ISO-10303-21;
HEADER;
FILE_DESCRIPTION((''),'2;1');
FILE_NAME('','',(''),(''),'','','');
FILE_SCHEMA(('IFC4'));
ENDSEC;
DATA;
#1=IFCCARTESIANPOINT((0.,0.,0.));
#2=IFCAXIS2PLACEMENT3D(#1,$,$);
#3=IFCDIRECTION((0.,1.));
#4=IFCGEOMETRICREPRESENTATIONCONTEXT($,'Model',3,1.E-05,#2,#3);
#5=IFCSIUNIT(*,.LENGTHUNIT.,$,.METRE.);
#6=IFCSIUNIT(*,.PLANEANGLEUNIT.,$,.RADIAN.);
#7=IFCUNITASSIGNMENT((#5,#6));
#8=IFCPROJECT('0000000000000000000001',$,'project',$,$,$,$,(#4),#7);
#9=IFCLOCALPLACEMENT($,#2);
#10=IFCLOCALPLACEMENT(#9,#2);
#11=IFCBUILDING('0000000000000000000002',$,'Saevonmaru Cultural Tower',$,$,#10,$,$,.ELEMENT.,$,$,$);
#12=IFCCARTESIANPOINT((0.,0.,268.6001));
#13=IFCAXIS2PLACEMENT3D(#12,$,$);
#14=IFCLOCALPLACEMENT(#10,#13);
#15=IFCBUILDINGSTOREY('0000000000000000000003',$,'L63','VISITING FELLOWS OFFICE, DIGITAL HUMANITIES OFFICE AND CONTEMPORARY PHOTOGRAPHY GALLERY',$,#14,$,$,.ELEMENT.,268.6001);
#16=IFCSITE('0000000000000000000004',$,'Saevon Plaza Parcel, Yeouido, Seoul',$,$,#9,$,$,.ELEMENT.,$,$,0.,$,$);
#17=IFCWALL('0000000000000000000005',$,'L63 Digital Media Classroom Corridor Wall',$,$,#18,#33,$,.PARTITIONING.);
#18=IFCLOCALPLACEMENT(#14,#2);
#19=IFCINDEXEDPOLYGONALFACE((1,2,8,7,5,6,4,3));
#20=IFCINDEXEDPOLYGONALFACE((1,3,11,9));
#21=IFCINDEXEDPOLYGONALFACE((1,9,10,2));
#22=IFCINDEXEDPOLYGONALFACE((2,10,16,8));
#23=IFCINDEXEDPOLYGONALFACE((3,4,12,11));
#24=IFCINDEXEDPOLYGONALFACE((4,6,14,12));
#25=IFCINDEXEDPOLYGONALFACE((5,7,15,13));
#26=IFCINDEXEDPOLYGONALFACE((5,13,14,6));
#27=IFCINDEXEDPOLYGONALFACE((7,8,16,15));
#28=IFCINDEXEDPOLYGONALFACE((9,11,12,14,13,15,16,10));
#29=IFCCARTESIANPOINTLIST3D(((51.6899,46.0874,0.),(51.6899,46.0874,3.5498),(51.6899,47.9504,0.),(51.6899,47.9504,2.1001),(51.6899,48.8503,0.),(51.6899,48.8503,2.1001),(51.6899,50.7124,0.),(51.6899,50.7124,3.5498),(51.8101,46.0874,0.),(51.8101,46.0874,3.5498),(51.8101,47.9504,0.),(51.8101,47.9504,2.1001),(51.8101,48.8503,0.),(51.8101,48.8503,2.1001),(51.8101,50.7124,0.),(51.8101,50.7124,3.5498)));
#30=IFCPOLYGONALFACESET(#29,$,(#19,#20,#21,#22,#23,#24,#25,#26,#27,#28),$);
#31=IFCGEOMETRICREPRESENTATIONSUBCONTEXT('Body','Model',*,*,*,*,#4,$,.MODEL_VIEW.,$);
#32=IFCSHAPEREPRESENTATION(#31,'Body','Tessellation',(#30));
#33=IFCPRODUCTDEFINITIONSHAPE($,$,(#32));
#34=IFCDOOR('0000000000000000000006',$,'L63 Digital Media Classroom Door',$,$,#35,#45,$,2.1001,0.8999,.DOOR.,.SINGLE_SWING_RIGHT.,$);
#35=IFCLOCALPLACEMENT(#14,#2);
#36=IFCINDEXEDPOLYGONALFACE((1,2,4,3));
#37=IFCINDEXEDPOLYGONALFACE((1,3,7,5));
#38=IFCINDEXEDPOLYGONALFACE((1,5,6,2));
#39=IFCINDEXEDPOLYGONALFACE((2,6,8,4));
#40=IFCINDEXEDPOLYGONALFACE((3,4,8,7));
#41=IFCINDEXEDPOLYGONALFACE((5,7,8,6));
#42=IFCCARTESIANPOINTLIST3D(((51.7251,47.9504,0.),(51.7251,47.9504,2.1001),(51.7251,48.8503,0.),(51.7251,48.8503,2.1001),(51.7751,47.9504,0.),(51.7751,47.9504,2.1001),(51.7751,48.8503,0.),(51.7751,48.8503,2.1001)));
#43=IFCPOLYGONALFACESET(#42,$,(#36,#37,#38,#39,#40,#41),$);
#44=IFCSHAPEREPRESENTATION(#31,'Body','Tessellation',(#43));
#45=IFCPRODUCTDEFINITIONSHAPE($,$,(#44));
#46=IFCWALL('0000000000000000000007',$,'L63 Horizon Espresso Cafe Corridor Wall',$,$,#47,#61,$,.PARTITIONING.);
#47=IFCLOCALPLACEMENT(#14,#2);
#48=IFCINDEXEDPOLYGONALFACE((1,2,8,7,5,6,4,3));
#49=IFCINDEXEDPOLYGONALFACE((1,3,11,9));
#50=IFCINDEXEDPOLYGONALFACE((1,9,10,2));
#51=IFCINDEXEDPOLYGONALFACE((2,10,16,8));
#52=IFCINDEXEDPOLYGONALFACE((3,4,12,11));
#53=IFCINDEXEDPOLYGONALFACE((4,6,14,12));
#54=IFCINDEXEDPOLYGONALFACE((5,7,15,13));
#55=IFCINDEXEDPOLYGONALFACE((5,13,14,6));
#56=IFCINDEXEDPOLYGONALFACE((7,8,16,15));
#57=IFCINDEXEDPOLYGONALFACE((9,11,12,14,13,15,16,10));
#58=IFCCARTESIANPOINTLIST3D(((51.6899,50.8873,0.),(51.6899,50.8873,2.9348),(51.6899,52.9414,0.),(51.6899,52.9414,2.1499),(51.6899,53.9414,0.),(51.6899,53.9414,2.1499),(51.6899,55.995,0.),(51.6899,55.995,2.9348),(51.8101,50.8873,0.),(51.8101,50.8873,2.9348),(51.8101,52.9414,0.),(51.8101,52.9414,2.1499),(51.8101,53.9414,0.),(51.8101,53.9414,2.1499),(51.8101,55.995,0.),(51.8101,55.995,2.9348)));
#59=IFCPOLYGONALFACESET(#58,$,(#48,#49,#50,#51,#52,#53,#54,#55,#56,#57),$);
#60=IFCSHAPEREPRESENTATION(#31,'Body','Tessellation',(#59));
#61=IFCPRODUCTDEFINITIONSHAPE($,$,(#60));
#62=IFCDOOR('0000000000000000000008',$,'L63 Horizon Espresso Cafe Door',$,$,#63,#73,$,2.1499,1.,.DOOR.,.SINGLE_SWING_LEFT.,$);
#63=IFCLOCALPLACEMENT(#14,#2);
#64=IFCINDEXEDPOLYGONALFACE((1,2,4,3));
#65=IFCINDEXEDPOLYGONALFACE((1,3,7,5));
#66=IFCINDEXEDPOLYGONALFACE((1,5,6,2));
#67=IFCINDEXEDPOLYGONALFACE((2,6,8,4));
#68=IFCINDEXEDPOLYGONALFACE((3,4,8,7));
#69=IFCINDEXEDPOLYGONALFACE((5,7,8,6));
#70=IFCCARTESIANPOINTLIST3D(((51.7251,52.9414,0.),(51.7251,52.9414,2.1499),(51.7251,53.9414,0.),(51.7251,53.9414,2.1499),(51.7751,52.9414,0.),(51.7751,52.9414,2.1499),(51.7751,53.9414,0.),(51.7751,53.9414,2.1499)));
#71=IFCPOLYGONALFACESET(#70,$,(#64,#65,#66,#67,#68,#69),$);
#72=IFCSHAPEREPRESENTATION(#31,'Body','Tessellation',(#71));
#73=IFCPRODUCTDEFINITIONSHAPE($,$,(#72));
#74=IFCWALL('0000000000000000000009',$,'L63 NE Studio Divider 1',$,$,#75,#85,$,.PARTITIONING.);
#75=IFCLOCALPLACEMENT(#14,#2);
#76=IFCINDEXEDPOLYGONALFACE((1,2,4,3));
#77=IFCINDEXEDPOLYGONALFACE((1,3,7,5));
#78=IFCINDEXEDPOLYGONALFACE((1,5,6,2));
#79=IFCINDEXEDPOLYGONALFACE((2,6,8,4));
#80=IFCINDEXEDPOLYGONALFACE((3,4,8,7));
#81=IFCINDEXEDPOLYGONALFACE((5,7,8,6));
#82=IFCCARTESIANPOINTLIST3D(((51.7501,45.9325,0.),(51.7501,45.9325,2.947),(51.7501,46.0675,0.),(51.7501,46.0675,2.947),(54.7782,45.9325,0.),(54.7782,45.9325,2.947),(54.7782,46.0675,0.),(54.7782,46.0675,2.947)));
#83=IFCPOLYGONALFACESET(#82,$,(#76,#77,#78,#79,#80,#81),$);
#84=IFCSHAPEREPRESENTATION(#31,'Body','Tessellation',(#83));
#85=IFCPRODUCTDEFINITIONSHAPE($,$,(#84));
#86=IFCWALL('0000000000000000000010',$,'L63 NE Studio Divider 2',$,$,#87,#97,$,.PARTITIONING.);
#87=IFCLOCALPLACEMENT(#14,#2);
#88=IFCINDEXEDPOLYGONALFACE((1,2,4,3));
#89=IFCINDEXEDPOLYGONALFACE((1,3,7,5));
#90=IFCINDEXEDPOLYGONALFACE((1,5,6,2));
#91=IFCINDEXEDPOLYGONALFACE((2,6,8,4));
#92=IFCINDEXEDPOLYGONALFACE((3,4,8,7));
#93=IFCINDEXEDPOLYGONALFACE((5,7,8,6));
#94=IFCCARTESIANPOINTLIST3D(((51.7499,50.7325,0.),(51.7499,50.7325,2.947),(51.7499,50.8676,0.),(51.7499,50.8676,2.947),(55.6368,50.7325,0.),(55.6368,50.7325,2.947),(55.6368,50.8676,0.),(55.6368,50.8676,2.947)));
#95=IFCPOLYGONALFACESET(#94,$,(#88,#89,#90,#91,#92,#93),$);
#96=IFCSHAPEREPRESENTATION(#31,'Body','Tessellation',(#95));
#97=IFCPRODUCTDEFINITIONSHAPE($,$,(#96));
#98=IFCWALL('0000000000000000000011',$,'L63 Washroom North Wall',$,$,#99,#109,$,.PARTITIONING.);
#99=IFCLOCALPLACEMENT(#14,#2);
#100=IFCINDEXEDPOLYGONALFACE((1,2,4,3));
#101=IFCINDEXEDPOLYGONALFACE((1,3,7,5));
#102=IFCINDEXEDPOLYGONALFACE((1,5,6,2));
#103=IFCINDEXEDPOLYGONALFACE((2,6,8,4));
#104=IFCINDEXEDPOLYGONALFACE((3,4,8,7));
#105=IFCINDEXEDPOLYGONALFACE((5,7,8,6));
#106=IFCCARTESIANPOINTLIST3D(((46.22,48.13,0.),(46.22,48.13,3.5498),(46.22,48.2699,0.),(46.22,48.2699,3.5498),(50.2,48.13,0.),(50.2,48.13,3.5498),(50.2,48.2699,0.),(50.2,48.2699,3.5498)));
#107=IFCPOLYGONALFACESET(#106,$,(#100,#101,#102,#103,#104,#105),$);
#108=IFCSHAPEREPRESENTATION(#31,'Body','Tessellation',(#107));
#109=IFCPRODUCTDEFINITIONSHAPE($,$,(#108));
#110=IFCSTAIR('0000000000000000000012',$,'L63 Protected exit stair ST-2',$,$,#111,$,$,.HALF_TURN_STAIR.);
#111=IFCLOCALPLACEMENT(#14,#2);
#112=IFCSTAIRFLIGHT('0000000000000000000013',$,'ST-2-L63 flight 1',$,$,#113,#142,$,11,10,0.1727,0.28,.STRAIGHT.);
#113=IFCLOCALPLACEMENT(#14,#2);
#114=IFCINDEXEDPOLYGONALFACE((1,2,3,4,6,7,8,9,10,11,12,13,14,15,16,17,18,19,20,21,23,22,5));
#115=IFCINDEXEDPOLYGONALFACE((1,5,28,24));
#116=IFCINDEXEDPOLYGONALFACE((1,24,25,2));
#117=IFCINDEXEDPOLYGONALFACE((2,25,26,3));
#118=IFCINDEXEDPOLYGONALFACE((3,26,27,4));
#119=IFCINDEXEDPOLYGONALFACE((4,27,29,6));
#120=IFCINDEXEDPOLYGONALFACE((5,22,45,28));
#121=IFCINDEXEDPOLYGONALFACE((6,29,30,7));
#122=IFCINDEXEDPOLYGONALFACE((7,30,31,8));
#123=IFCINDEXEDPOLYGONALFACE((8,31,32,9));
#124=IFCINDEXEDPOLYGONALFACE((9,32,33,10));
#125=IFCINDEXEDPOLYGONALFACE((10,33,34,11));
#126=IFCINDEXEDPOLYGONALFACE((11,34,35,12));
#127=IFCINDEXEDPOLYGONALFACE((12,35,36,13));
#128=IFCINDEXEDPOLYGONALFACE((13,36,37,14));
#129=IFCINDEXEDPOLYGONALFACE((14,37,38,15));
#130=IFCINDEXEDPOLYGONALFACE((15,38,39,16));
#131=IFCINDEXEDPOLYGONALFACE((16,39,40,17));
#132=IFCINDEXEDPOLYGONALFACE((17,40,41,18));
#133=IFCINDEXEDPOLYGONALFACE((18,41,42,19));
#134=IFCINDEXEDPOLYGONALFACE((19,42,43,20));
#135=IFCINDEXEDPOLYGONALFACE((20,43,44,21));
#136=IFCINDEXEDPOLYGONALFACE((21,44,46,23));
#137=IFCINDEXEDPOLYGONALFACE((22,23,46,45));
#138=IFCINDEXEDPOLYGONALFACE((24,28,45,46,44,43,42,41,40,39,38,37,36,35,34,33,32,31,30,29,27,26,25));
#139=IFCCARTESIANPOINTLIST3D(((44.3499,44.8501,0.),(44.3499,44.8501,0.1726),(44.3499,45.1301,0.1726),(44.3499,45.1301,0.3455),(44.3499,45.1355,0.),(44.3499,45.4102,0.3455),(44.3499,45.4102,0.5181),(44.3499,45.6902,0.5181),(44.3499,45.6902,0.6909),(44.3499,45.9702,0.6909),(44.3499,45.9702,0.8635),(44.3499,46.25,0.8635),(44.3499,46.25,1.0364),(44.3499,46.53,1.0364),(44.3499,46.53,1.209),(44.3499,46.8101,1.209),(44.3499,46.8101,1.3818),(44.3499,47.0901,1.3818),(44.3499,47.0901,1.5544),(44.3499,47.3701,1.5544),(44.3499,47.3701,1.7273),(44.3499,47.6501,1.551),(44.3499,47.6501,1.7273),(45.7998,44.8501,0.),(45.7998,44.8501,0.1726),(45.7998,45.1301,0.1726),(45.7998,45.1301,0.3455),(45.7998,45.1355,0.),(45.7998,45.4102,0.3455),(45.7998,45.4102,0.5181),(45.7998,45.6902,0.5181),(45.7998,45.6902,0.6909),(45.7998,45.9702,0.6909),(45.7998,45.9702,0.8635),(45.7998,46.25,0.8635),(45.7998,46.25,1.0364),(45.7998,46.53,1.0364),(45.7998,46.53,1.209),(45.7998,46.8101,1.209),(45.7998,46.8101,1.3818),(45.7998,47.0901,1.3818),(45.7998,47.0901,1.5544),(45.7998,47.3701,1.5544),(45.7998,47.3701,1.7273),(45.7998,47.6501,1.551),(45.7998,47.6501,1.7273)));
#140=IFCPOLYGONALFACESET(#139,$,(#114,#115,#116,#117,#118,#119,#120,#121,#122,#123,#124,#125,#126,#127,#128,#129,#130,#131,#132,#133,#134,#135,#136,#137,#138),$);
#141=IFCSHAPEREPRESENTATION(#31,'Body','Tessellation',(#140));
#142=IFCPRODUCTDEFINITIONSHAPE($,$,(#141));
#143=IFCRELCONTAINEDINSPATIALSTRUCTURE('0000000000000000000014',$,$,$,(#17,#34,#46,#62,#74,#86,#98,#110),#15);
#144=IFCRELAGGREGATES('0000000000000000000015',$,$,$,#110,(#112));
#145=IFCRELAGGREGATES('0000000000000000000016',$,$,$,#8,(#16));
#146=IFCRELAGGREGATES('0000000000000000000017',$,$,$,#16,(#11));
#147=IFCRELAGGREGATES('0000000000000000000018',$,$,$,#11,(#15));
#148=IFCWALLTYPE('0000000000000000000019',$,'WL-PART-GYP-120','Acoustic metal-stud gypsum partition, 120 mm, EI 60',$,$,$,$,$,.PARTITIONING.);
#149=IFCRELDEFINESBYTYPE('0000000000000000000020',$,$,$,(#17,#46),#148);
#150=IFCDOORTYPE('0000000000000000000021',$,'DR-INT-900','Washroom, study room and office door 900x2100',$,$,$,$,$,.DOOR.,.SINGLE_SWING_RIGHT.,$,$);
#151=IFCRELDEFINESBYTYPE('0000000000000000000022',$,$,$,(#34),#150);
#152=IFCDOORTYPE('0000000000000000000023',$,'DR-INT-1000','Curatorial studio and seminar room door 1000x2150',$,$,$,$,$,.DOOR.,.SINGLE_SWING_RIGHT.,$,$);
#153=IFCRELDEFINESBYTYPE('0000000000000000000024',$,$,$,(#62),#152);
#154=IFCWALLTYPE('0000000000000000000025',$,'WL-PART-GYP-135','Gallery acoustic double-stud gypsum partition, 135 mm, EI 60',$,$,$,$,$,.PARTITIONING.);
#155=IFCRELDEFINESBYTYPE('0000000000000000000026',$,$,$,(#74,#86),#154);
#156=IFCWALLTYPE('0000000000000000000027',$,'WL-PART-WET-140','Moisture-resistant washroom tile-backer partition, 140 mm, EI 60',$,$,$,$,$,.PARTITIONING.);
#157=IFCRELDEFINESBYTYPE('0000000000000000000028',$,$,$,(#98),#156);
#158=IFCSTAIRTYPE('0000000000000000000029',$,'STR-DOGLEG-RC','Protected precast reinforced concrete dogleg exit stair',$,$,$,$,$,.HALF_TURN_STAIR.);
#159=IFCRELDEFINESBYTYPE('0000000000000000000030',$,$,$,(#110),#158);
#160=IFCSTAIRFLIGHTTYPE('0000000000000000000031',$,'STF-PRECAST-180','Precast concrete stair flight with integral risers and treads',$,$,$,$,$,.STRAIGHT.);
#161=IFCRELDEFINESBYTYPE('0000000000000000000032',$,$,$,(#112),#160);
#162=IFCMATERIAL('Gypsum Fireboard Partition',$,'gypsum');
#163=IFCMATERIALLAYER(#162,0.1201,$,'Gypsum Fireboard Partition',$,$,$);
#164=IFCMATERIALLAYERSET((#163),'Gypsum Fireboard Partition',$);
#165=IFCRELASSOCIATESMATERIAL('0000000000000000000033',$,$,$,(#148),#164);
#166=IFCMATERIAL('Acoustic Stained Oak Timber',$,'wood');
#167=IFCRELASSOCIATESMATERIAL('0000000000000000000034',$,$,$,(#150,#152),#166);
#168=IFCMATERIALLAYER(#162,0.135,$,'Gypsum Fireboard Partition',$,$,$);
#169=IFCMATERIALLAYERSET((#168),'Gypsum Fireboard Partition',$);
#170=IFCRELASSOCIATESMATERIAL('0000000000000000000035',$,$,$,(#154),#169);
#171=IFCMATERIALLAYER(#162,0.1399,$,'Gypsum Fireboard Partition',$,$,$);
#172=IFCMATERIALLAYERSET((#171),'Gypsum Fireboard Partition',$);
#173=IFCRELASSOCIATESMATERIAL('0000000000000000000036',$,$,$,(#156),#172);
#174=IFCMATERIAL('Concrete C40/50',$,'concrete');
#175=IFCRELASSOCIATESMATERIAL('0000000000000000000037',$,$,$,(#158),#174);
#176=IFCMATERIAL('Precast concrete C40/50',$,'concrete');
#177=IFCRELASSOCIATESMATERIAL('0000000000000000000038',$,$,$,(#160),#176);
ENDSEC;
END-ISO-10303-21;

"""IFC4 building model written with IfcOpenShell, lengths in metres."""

from ifc_helpers import new_model, si_unit, direction, frame, frame_2d, origin, place, context, subcontext, project, spatial, polyline, rectangle, outline, extrude, material, layer, layer_set, type_object, element, fill, aggregate, save


model = new_model("IFC4")

# Units and contexts
model_context = context("Model", 3, precision=1e-05, world=origin(), true_north=direction((0.0, 1.0)))
body_context = subcontext(model_context, "Body", "Model", "MODEL_VIEW")
ifc_project = project(units=[si_unit("LENGTHUNIT", "METRE"), si_unit("PLANEANGLEUNIT", "RADIAN")], contexts=[model_context])

# Site, building, storey
site_placement = place(None, origin())
site = spatial("IfcSite", under=ifc_project, at=site_placement, Name="Saevon Plaza Parcel, Yeouido, Seoul", CompositionType="ELEMENT", RefElevation=0.0)
building_placement = place(site_placement, origin())
building = spatial("IfcBuilding", under=site, at=building_placement, Name="Saevonmaru Cultural Tower", CompositionType="ELEMENT")
storey_placement = place(building_placement, frame((0.0, 0.0, 268.6001)))
storey = spatial("IfcBuildingStorey", under=building, at=storey_placement, Name="L63", Description="VISITING FELLOWS OFFICE, DIGITAL HUMANITIES OFFICE AND CONTEMPORARY PHOTOGRAPHY GALLERY", CompositionType="ELEMENT", Elevation=268.6001)

# Shared definitions
ifc_material_1 = material(Name="Gypsum Fireboard Partition", Category="gypsum")
ifc_layer_1 = layer(ifc_material_1, 0.1201, Name="Gypsum Fireboard Partition")
ifc_layer_set_1 = layer_set([ifc_layer_1], Name="Gypsum Fireboard Partition")
wall_type_1 = type_object("IfcWallType", Name="WL-PART-GYP-120", Description="Acoustic metal-stud gypsum partition, 120 mm, EI 60", PredefinedType="PARTITIONING", material=ifc_layer_set_1)

# Walls, openings, doors
ifc_material_2 = material(Name="Acoustic Stained Oak Timber", Category="wood")
door_type_1 = type_object("IfcDoorType", Name="DR-INT-900", Description="Washroom, study room and office door 900x2100", OperationType="SINGLE_SWING_RIGHT", PredefinedType="DOOR", material=ifc_material_2)
wall_1_placement = place(storey_placement, frame((51.75, 46.0874, 0.0), z_axis=(0.0, 0.0, 1.0), x_axis=(0.0, 1.0, 0.0)))
wall_1 = element("IfcWall", 1, at=wall_1_placement, inside=storey, type_object=wall_type_1, Name="L63 Digital Media Classroom Corridor Wall", PredefinedType="PARTITIONING", context=body_context, shape_type="SweptSolid", body=[
    extrude(rectangle(XDim=4.625, YDim=0.1201, at=frame_2d((2.3125, 0.0))), origin(), (0.0, 0.0, 1.0), 3.5498),
])
opening_1_placement = place(wall_1_placement, frame((1.863, 0.0, 0.0)))
opening_1 = element("IfcOpeningElement", 2, at=opening_1_placement, cuts=wall_1, PredefinedType="OPENING", context=body_context, shape_type="SweptSolid", body=[
    extrude(rectangle(XDim=0.8999, YDim=2.1001, at=frame_2d((0.45, 1.05))), frame((0.0, 0.0701, 0.0), z_axis=(0.0, -1.0, 0.0), x_axis=(1.0, 0.0, 0.0)), (0.0, 0.0, 1.0), 0.1401),
])
door_1_placement = place(opening_1_placement, origin())
door_1 = element("IfcDoor", 3, at=door_1_placement, inside=storey, type_object=door_type_1, Name="L63 Digital Media Classroom Door", OperationType="SINGLE_SWING_RIGHT", OverallHeight=2.1001, OverallWidth=0.8999, PredefinedType="DOOR", context=body_context, shape_type="SweptSolid", body=[
    extrude(rectangle(XDim=0.8999, YDim=2.1001, at=frame_2d((0.45, 1.05))), frame((0.0, 0.0249, 0.0), z_axis=(0.0, -1.0, 0.0), x_axis=(1.0, 0.0, 0.0)), (0.0, 0.0, 1.0), 0.05),
])
fill(opening_1, door_1)
wall_2_placement = place(storey_placement, frame((51.75, 50.8875, 0.0), z_axis=(0.0, 0.0, 1.0), x_axis=(0.0, 1.0, 0.0)))
wall_2 = element("IfcWall", 4, at=wall_2_placement, inside=storey, type_object=wall_type_1, Name="L63 Horizon Espresso Cafe Corridor Wall", PredefinedType="PARTITIONING", context=body_context, shape_type="SweptSolid", body=[
    extrude(rectangle(XDim=5.1077, YDim=0.1201, at=frame_2d((2.5537, 0.0))), origin(), (0.0, 0.0, 1.0), 2.9348),
])
opening_2_placement = place(wall_2_placement, frame((2.054, 0.0, 0.0)))
opening_2 = element("IfcOpeningElement", 5, at=opening_2_placement, cuts=wall_2, PredefinedType="OPENING", context=body_context, shape_type="SweptSolid", body=[
    extrude(rectangle(XDim=1.0, YDim=2.1499, at=frame_2d((0.5, 1.075))), frame((0.0, 0.0701, 0.0), z_axis=(0.0, -1.0, 0.0), x_axis=(1.0, 0.0, 0.0)), (0.0, 0.0, 1.0), 0.1401),
])
door_type_2 = type_object("IfcDoorType", Name="DR-INT-1000", Description="Curatorial studio and seminar room door 1000x2150", OperationType="SINGLE_SWING_RIGHT", PredefinedType="DOOR", material=ifc_material_2)
door_2_placement = place(opening_2_placement, origin())
door_2 = element("IfcDoor", 6, at=door_2_placement, inside=storey, type_object=door_type_2, Name="L63 Horizon Espresso Cafe Door", OperationType="SINGLE_SWING_LEFT", OverallHeight=2.1499, OverallWidth=1.0, PredefinedType="DOOR", context=body_context, shape_type="SweptSolid", body=[
    extrude(rectangle(XDim=1.0, YDim=2.1499, at=frame_2d((0.5, 1.075))), frame((0.0, 0.0249, 0.0), z_axis=(0.0, -1.0, 0.0), x_axis=(1.0, 0.0, 0.0)), (0.0, 0.0, 1.0), 0.05),
])
fill(opening_2, door_2)

# Walls
ifc_layer_2 = layer(ifc_material_1, 0.135, Name="Gypsum Fireboard Partition")
ifc_layer_set_2 = layer_set([ifc_layer_2], Name="Gypsum Fireboard Partition")
wall_type_2 = type_object("IfcWallType", Name="WL-PART-GYP-135", Description="Gallery acoustic double-stud gypsum partition, 135 mm, EI 60", PredefinedType="PARTITIONING", material=ifc_layer_set_2)
wall_3_placement = place(storey_placement, frame((51.75, 46.0, 0.0), z_axis=(0.0, 0.0, 1.0), x_axis=(1.0, 0.0, 0.0)))
element("IfcWall", 7, at=wall_3_placement, inside=storey, type_object=wall_type_2, Name="L63 NE Studio Divider 1", PredefinedType="PARTITIONING", context=body_context, shape_type="SweptSolid", body=[
    extrude(rectangle(XDim=3.0281, YDim=0.135, at=frame_2d((1.5142, 0.0))), origin(), (0.0, 0.0, 1.0), 2.947),
])
wall_4_placement = place(storey_placement, frame((51.75, 50.8, 0.0), z_axis=(0.0, 0.0, 1.0), x_axis=(1.0, 0.0, 0.0)))
element("IfcWall", 8, at=wall_4_placement, inside=storey, type_object=wall_type_2, Name="L63 NE Studio Divider 2", PredefinedType="PARTITIONING", context=body_context, shape_type="SweptSolid", body=[
    extrude(rectangle(XDim=3.887, YDim=0.135, at=frame_2d((1.9434, 0.0))), origin(), (0.0, 0.0, 1.0), 2.947),
])
ifc_layer_3 = layer(ifc_material_1, 0.1399, Name="Gypsum Fireboard Partition")
ifc_layer_set_3 = layer_set([ifc_layer_3], Name="Gypsum Fireboard Partition")
wall_type_3 = type_object("IfcWallType", Name="WL-PART-WET-140", Description="Moisture-resistant washroom tile-backer partition, 140 mm, EI 60", PredefinedType="PARTITIONING", material=ifc_layer_set_3)
wall_5_placement = place(storey_placement, frame((46.22, 48.2, 0.0), z_axis=(0.0, 0.0, 1.0), x_axis=(1.0, 0.0, 0.0)))
element("IfcWall", 9, at=wall_5_placement, inside=storey, type_object=wall_type_3, Name="L63 Washroom North Wall", PredefinedType="PARTITIONING", context=body_context, shape_type="SweptSolid", body=[
    extrude(rectangle(XDim=3.98, YDim=0.1399, at=frame_2d((1.99, 0.0))), origin(), (0.0, 0.0, 1.0), 3.5498),
])

# Stair, stair flight
ifc_material_3 = material(Name="Concrete C40/50", Category="concrete")
stair_type = type_object("IfcStairType", Name="STR-DOGLEG-RC", Description="Protected precast reinforced concrete dogleg exit stair", PredefinedType="HALF_TURN_STAIR", material=ifc_material_3)
stair_placement = place(storey_placement, origin())
stair = element("IfcStair", 10, at=stair_placement, inside=storey, type_object=stair_type, Name="L63 Protected exit stair ST-2", PredefinedType="HALF_TURN_STAIR")
ifc_material_4 = material(Name="Precast concrete C40/50", Category="concrete")
stair_flight_type = type_object("IfcStairFlightType", Name="STF-PRECAST-180", Description="Precast concrete stair flight with integral risers and treads", PredefinedType="STRAIGHT", material=ifc_material_4)
stair_flight_placement = place(storey_placement, frame((45.075, 44.8501, 0.0), z_axis=(0.0, 0.0, 1.0), x_axis=(0.0, 1.0, 0.0)))
stair_flight = element("IfcStairFlight", 11, at=stair_flight_placement, type_object=stair_flight_type, Name="ST-2-L63 flight 1", NumberOfRisers=11, NumberOfTreads=10, PredefinedType="STRAIGHT", RiserHeight=0.1727, TreadLength=0.28, context=body_context, shape_type="SweptSolid", body=[
    extrude(outline(polyline([(0.0, 0.0), (0.0, 0.1726), (0.28, 0.1726), (0.28, 0.3455), (0.5601, 0.3455), (0.5601, 0.5181), (0.8401, 0.5181), (0.8401, 0.6909), (1.1201, 0.6909), (1.1201, 0.8635), (1.3999, 0.8635), (1.3999, 1.0364), (1.6799, 1.0364), (1.6799, 1.209), (1.96, 1.209), (1.96, 1.3818), (2.24, 1.3818), (2.24, 1.5544), (2.52, 1.5544), (2.52, 1.7273), (2.8, 1.7273), (2.8, 1.8999), (2.8, 1.551), (0.2854, 0.0), (0.0, 0.0)])), frame((0.0, 0.7251, 0.0), z_axis=(0.0, -1.0, 0.0), x_axis=(1.0, 0.0, 0.0)), (0.0, 0.0, 1.0), 1.45),
])
aggregate(stair, [stair_flight])

save(model, "model.ifc")
